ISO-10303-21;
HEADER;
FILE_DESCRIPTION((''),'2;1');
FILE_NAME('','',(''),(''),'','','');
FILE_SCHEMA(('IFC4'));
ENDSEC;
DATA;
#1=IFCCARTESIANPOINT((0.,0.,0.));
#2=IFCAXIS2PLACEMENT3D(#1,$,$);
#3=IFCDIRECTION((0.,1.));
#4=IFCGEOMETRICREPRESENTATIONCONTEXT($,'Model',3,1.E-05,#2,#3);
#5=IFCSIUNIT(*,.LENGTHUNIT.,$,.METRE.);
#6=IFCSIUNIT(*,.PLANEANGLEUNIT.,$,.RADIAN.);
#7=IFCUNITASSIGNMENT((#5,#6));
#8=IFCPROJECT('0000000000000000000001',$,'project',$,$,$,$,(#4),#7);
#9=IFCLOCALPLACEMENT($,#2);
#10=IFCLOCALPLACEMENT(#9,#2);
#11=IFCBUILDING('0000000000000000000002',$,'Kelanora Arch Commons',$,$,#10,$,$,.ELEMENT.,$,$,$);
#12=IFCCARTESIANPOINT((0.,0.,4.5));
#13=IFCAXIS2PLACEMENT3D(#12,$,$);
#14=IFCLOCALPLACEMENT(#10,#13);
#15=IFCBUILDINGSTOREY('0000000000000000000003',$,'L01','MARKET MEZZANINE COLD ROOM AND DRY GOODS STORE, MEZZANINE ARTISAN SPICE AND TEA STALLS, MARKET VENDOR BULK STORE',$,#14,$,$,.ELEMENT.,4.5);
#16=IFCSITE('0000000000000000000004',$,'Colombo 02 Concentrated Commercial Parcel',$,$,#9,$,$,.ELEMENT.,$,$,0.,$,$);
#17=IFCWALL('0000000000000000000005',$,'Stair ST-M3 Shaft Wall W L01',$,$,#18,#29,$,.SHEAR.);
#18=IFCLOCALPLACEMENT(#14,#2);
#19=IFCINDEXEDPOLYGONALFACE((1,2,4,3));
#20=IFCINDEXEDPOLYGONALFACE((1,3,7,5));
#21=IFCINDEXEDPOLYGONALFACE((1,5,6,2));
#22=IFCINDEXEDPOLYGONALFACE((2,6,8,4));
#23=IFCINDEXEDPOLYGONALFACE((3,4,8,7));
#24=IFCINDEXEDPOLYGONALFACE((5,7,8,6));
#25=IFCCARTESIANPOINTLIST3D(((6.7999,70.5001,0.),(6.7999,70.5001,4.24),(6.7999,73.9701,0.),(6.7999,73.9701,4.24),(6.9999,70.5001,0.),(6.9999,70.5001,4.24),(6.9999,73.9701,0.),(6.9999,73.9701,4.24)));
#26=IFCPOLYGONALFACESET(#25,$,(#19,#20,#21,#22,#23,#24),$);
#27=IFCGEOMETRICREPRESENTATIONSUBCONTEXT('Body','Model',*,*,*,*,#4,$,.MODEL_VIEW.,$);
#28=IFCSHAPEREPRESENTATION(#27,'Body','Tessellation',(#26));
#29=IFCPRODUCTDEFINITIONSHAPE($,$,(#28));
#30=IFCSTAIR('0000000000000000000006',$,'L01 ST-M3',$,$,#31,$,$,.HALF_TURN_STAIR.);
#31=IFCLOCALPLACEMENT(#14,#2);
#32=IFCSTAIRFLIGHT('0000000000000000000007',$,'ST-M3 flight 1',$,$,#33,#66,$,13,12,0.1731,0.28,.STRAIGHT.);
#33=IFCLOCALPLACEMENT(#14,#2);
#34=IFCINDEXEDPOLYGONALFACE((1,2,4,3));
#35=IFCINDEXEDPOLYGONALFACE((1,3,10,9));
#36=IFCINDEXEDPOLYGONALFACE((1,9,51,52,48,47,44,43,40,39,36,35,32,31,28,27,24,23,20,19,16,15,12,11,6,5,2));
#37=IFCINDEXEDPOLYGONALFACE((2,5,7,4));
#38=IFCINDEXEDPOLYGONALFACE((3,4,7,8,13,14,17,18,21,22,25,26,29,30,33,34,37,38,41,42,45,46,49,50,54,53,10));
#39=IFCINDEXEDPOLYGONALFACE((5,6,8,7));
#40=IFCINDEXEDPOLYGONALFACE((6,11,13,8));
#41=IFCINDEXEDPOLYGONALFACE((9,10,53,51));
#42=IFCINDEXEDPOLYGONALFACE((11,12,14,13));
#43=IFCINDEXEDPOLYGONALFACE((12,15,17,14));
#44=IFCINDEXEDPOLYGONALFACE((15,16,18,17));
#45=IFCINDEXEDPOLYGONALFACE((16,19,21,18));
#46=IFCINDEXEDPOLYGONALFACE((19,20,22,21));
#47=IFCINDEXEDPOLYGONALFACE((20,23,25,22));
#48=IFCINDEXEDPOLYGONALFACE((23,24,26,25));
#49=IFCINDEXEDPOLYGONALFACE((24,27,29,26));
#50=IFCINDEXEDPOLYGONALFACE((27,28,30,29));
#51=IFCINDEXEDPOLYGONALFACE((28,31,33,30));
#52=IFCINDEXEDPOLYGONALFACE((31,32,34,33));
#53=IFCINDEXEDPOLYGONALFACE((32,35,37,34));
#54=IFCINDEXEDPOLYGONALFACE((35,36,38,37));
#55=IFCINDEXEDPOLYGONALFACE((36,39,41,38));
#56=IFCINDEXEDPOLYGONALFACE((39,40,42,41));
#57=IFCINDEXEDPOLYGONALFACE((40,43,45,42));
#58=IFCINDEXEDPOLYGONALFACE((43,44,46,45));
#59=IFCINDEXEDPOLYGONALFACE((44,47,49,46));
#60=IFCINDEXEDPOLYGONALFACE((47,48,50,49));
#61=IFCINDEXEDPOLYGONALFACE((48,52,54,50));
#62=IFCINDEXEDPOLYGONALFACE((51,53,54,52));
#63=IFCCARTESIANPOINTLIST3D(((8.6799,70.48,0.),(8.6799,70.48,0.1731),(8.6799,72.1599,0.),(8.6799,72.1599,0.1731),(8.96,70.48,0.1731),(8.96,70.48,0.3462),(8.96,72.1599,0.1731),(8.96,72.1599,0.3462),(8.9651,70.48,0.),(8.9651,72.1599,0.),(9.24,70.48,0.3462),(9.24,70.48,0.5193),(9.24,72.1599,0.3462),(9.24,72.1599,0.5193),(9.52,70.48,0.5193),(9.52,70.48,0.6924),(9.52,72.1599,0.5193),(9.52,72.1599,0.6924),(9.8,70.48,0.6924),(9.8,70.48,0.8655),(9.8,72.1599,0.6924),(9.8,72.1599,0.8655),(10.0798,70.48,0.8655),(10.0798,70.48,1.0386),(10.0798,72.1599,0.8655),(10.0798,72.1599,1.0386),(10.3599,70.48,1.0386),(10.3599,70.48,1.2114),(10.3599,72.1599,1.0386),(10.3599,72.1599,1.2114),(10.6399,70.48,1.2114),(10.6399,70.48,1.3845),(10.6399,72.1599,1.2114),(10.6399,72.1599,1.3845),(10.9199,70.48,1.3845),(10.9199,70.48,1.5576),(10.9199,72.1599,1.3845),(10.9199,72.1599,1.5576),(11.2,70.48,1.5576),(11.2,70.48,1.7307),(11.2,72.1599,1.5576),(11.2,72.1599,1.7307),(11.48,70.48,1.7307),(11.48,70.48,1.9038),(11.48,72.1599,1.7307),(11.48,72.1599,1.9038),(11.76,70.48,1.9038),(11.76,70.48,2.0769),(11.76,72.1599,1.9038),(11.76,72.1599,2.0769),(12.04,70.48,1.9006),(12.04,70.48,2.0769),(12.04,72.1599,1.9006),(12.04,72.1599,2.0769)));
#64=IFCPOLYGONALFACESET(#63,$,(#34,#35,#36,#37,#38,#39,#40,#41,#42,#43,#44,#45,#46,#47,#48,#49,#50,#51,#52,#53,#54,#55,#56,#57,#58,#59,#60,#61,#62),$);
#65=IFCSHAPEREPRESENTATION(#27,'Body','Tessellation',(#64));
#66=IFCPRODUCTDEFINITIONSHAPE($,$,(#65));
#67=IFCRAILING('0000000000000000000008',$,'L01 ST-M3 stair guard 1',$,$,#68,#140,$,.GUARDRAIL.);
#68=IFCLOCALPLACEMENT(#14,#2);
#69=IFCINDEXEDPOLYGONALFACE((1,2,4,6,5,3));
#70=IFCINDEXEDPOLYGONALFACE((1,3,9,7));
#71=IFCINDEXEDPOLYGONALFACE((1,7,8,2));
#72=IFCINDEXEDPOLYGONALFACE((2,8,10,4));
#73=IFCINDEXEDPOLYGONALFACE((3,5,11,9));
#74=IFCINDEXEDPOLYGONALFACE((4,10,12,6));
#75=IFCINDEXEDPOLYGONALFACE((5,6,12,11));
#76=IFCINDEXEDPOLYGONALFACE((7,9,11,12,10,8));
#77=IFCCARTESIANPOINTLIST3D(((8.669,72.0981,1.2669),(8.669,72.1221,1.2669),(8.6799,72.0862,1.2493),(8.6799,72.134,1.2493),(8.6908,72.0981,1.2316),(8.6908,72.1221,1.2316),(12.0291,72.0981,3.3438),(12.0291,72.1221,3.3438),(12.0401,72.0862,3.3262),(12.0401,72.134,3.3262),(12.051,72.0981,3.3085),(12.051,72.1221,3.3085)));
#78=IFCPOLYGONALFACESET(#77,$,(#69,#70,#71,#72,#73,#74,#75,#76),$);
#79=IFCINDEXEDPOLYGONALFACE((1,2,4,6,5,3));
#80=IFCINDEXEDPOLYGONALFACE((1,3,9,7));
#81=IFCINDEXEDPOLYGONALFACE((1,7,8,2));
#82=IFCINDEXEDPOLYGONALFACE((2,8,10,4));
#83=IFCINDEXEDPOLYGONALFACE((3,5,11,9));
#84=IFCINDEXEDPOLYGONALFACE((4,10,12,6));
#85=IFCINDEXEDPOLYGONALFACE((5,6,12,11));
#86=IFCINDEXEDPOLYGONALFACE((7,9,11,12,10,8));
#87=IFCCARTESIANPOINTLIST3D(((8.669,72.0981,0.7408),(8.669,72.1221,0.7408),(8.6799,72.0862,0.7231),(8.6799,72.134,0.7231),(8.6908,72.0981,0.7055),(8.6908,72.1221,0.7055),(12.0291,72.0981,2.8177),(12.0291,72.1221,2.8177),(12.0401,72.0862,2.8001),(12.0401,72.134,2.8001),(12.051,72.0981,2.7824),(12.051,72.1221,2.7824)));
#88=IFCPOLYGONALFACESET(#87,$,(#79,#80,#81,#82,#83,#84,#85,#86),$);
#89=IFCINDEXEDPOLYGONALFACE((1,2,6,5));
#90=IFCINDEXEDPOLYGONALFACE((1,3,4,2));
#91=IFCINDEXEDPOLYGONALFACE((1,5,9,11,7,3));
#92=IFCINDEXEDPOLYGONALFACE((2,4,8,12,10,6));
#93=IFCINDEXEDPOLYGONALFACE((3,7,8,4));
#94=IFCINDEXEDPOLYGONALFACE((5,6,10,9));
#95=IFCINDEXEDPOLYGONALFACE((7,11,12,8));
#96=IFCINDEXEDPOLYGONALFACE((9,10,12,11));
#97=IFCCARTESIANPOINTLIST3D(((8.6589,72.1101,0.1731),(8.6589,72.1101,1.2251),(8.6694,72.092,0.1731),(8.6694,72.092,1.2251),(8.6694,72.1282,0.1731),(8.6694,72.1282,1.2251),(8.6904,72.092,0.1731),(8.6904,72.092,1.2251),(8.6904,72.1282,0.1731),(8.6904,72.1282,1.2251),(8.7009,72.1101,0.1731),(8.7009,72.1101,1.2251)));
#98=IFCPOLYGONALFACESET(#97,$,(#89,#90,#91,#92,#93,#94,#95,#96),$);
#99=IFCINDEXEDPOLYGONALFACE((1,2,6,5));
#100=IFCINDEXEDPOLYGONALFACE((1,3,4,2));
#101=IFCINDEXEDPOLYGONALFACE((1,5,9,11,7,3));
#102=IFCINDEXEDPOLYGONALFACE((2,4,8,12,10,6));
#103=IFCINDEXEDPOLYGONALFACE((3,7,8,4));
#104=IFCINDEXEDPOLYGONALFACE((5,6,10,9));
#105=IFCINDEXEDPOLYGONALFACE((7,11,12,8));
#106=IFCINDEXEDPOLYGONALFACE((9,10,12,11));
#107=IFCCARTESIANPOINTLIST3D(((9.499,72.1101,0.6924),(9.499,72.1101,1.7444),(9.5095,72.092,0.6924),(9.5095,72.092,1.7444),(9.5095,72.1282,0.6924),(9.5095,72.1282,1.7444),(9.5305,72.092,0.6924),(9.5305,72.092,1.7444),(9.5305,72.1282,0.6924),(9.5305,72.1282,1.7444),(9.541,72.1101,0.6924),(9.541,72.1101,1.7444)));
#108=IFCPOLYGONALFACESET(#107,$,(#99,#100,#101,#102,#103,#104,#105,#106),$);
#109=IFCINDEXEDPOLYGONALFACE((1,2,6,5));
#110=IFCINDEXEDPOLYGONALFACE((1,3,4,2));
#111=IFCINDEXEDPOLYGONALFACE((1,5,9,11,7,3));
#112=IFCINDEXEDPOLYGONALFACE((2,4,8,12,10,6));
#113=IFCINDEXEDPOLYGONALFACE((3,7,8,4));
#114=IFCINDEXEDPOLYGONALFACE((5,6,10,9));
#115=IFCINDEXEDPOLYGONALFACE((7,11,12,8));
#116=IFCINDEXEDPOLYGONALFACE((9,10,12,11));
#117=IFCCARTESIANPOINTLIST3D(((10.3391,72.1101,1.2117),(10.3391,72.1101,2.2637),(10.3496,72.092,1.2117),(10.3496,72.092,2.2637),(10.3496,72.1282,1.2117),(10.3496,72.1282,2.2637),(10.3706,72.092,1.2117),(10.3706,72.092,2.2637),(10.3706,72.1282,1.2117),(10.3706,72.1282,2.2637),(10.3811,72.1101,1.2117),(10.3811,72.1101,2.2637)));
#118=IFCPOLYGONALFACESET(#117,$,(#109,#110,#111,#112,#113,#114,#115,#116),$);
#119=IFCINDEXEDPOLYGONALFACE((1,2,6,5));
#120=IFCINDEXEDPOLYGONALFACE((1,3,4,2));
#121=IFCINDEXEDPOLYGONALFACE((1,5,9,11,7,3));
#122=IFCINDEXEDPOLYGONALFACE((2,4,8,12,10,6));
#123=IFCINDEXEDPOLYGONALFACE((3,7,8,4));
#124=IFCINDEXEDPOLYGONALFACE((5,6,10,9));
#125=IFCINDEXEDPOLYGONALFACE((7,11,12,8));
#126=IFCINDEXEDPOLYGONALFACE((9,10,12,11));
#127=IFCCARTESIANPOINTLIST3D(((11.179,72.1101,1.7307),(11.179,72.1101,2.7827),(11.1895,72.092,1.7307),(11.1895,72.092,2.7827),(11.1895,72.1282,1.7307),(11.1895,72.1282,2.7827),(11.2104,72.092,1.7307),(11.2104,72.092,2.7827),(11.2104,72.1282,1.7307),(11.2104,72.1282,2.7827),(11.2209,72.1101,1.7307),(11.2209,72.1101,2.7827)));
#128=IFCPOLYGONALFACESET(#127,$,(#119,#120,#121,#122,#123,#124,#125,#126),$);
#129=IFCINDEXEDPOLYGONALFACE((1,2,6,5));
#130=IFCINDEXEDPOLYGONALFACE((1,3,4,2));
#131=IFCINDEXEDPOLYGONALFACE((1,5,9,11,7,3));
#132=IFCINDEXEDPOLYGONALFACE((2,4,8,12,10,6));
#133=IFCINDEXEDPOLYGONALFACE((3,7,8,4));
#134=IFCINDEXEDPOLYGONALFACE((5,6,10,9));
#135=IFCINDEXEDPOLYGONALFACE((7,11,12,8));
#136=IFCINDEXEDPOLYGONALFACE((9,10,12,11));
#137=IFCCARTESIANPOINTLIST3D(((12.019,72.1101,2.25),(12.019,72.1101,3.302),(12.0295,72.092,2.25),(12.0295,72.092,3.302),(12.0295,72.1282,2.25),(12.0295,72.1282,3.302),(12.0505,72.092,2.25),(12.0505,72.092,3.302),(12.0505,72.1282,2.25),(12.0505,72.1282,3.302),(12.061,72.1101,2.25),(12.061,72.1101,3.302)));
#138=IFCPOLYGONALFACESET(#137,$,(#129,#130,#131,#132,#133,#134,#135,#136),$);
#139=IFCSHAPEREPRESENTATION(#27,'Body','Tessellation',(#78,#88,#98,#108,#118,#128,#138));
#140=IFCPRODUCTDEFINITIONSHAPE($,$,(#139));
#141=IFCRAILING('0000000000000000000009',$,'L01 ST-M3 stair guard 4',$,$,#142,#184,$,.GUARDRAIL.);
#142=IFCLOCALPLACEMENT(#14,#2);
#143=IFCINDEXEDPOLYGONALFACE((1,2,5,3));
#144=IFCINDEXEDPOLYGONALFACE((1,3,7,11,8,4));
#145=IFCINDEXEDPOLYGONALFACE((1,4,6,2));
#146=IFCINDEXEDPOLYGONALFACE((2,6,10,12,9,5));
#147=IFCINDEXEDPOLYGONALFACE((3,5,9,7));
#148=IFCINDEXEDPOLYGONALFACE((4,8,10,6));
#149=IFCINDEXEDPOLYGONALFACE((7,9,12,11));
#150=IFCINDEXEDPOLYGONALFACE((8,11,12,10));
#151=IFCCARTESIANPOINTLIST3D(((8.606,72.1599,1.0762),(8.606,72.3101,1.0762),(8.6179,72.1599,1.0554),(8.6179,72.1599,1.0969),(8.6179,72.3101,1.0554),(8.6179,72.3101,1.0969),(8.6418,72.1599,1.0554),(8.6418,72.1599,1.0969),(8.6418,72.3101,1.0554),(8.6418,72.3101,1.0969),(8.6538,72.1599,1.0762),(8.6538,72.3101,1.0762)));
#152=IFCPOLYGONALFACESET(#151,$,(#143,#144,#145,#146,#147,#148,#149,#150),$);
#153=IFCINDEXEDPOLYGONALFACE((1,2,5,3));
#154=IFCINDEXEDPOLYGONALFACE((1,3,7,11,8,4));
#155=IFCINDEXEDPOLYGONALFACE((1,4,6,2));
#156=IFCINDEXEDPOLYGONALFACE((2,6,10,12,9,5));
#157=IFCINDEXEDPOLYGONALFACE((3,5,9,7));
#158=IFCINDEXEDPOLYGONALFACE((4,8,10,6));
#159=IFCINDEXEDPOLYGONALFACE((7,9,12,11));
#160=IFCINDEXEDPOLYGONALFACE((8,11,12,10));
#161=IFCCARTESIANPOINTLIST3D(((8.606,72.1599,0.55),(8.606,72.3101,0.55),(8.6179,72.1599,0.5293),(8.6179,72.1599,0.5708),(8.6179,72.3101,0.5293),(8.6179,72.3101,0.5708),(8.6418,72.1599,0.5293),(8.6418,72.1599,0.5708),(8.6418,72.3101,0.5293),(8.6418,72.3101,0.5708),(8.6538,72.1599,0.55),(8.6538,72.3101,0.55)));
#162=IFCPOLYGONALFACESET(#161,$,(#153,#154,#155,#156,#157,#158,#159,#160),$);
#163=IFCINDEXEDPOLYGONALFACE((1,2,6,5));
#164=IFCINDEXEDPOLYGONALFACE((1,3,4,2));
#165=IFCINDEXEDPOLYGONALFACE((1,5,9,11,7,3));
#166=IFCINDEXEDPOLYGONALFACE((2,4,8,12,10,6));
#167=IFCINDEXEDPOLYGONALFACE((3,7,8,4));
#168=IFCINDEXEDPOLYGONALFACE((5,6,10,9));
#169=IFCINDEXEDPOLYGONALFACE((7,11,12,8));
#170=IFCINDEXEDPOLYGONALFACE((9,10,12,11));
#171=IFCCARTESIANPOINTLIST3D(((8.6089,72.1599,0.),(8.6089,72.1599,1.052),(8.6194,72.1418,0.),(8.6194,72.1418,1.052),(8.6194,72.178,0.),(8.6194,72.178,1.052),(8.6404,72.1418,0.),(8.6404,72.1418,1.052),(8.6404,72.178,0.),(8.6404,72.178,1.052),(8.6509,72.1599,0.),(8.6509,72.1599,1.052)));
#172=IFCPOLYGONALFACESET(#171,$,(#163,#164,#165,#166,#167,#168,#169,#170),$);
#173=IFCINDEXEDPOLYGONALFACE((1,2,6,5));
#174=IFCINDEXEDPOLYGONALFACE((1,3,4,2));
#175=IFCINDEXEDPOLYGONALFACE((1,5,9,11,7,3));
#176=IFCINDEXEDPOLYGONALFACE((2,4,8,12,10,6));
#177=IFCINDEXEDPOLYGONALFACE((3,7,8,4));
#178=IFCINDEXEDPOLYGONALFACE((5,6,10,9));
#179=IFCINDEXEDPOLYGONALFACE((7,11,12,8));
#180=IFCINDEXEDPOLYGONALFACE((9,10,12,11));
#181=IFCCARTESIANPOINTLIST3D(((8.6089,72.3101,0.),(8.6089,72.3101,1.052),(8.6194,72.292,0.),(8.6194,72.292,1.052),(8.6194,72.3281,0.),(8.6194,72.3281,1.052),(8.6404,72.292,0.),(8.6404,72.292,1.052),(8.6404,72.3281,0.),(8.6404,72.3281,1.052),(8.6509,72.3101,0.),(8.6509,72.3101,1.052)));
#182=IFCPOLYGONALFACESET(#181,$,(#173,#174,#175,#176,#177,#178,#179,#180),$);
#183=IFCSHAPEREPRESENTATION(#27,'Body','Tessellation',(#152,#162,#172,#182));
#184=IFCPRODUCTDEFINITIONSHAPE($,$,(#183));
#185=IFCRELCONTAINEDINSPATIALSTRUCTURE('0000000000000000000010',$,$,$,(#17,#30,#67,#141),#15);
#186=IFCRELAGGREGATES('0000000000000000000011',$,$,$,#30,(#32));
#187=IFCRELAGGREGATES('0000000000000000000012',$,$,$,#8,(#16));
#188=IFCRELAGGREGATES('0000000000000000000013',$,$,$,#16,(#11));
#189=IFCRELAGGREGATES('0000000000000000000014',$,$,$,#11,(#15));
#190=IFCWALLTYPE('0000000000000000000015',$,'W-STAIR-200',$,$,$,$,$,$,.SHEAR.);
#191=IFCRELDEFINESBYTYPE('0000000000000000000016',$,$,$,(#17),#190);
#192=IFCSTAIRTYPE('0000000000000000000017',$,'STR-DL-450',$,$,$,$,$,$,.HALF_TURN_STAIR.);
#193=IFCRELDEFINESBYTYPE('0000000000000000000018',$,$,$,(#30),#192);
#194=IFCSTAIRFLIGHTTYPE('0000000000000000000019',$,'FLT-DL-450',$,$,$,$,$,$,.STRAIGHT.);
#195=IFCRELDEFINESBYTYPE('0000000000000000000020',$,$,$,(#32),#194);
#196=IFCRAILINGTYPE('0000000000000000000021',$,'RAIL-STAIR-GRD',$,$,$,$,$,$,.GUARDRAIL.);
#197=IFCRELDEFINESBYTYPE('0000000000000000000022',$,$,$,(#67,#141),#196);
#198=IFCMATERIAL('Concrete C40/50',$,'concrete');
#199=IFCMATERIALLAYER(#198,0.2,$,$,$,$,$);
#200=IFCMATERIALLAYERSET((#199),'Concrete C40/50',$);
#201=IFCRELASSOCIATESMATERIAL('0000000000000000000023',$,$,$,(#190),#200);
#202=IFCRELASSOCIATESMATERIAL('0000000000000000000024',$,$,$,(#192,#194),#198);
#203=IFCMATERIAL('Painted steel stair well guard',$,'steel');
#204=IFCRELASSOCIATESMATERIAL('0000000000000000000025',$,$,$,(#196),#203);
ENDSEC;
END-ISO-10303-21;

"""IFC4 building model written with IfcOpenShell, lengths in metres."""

from ifc_helpers import new_model, si_unit, direction, frame, frame_2d, origin, place, context, subcontext, project, spatial, polyline, rectangle, outline, extrude, material, layer, layer_set, type_object, element, aggregate, save


model = new_model("IFC4")

# Units and contexts
model_context = context("Model", 3, precision=1e-05, world=origin(), true_north=direction((0.0, 1.0)))
body_context = subcontext(model_context, "Body", "Model", "MODEL_VIEW")
ifc_project = project(units=[si_unit("LENGTHUNIT", "METRE"), si_unit("PLANEANGLEUNIT", "RADIAN")], contexts=[model_context])

# Site, building, storey
site_placement = place(None, origin())
site = spatial("IfcSite", under=ifc_project, at=site_placement, Name="Colombo 02 Concentrated Commercial Parcel", CompositionType="ELEMENT", RefElevation=0.0)
building_placement = place(site_placement, origin())
building = spatial("IfcBuilding", under=site, at=building_placement, Name="Kelanora Arch Commons", CompositionType="ELEMENT")
storey_placement = place(building_placement, frame((0.0, 0.0, 4.5)))
storey = spatial("IfcBuildingStorey", under=building, at=storey_placement, Name="L01", Description="MARKET MEZZANINE COLD ROOM AND DRY GOODS STORE, MEZZANINE ARTISAN SPICE AND TEA STALLS, MARKET VENDOR BULK STORE", CompositionType="ELEMENT", Elevation=4.5)

# Shared definitions
ifc_material_1 = material(Name="Concrete C40/50", Category="concrete")

# Shared definitions
ifc_layer_1 = layer(ifc_material_1, 0.2)
ifc_layer_set_1 = layer_set([ifc_layer_1], Name="Concrete C40/50")
wall_type_1 = type_object("IfcWallType", Name="W-STAIR-200", PredefinedType="SHEAR", material=ifc_layer_set_1)

# Wall
wall_1_placement = place(storey_placement, frame((6.8999, 73.97, 0.0), z_axis=(0.0, 0.0, 1.0), x_axis=(0.0, -1.0, 0.0)))
element("IfcWall", 1, at=wall_1_placement, inside=storey, type_object=wall_type_1, Name="Stair ST-M3 Shaft Wall W L01", PredefinedType="SHEAR", context=body_context, shape_type="SweptSolid", body=[
    extrude(rectangle(XDim=3.47, YDim=0.2, at=frame_2d((1.7349, 0.0))), origin(), (0.0, 0.0, 1.0), 4.24),
])

# Stair, stair flight
stair_type = type_object("IfcStairType", Name="STR-DL-450", PredefinedType="HALF_TURN_STAIR", material=ifc_material_1)
stair_placement = place(storey_placement, origin())
stair = element("IfcStair", 2, at=stair_placement, inside=storey, type_object=stair_type, Name="L01 ST-M3", PredefinedType="HALF_TURN_STAIR")
stair_flight_type = type_object("IfcStairFlightType", Name="FLT-DL-450", PredefinedType="STRAIGHT", material=ifc_material_1)
stair_flight_placement = place(storey_placement, frame((8.6799, 71.3201, 0.0), z_axis=(0.0, 0.0, 1.0), x_axis=(1.0, 0.0, 0.0)))
stair_flight = element("IfcStairFlight", 3, at=stair_flight_placement, type_object=stair_flight_type, Name="ST-M3 flight 1", NumberOfRisers=13, NumberOfTreads=12, PredefinedType="STRAIGHT", RiserHeight=0.1731, TreadLength=0.28, context=body_context, shape_type="SweptSolid", body=[
    extrude(outline(polyline([(0.0, 0.0), (0.0, 0.1731), (0.28, 0.1731), (0.28, 0.3462), (0.5601, 0.3462), (0.5601, 0.5193), (0.8401, 0.5193), (0.8401, 0.6924), (1.1201, 0.6924), (1.1201, 0.8655), (1.3999, 0.8655), (1.3999, 1.0386), (1.6799, 1.0386), (1.6799, 1.2114), (1.96, 1.2114), (1.96, 1.3845), (2.24, 1.3845), (2.24, 1.5576), (2.52, 1.5576), (2.52, 1.7307), (2.8, 1.7307), (2.8, 1.9038), (3.0801, 1.9038), (3.0801, 2.0769), (3.3601, 2.0769), (3.3601, 2.25), (3.3601, 1.9006), (0.2852, 0.0), (0.0, 0.0)])), frame((0.0, 0.8398, 0.0), z_axis=(0.0, -1.0, 0.0), x_axis=(1.0, 0.0, 0.0)), (0.0, 0.0, 1.0), 1.6799),
])
aggregate(stair, [stair_flight])

# Railings
ifc_material_2 = material(Name="Painted steel stair well guard", Category="steel")
railing_type_1 = type_object("IfcRailingType", Name="RAIL-STAIR-GRD", PredefinedType="GUARDRAIL", material=ifc_material_2)
railing_1_placement = place(storey_placement, frame((8.6799, 72.1101, 0.1731)))
element("IfcRailing", 4, at=railing_1_placement, inside=storey, type_object=railing_type_1, Name="L01 ST-M3 stair guard 1", PredefinedType="GUARDRAIL", context=body_context, shape_type="SweptSolid", body=[
    extrude(outline(polyline([(0.0239, 0.0), (0.012, 0.0208), (-0.012, 0.0208), (-0.0239, 0.0), (-0.012, -0.0208), (0.012, -0.0208), (0.0239, 0.0)])), frame((0.0, 0.0, 1.0762), z_axis=(0.850623, 0.0, 0.525776), x_axis=(0.0, 1.0, 0.0)), (0.0, 0.0, 1.0), 3.9502),
    extrude(outline(polyline([(0.0239, 0.0), (0.012, 0.0208), (-0.012, 0.0208), (-0.0239, 0.0), (-0.012, -0.0208), (0.012, -0.0208), (0.0239, 0.0)])), frame((0.0, 0.0, 0.55), z_axis=(0.850623, 0.0, 0.525776), x_axis=(0.0, 1.0, 0.0)), (0.0, 0.0, 1.0), 3.9502),
    extrude(outline(polyline([(0.021, 0.0), (0.0105, 0.0181), (-0.0105, 0.0181), (-0.021, 0.0), (-0.0105, -0.0181), (0.0105, -0.0181), (0.021, 0.0)])), origin(), (0.0, 0.0, 1.0), 1.052),
    extrude(outline(polyline([(0.021, 0.0), (0.0105, 0.0181), (-0.0105, 0.0181), (-0.021, 0.0), (-0.0105, -0.0181), (0.0105, -0.0181), (0.021, 0.0)])), frame((0.8401, 0.0, 0.5193)), (0.0, 0.0, 1.0), 1.052),
    extrude(outline(polyline([(0.021, 0.0), (0.0105, 0.0181), (-0.0105, 0.0181), (-0.021, 0.0), (-0.0105, -0.0181), (0.0105, -0.0181), (0.021, 0.0)])), frame((1.6802, 0.0, 1.0386)), (0.0, 0.0, 1.0), 1.052),
    extrude(outline(polyline([(0.021, 0.0), (0.0105, 0.0181), (-0.0105, 0.0181), (-0.021, 0.0), (-0.0105, -0.0181), (0.0105, -0.0181), (0.021, 0.0)])), frame((2.52, 0.0, 1.5576)), (0.0, 0.0, 1.0), 1.052),
    extrude(outline(polyline([(0.021, 0.0), (0.0105, 0.0181), (-0.0105, 0.0181), (-0.021, 0.0), (-0.0105, -0.0181), (0.0105, -0.0181), (0.021, 0.0)])), frame((3.3601, 0.0, 2.0769)), (0.0, 0.0, 1.0), 1.052),
])
railing_2_placement = place(storey_placement, frame((8.6299, 72.1599, 0.0)))
element("IfcRailing", 5, at=railing_2_placement, inside=storey, type_object=railing_type_1, Name="L01 ST-M3 stair guard 4", PredefinedType="GUARDRAIL", context=body_context, shape_type="SweptSolid", body=[
    extrude(outline(polyline([(0.0239, 0.0), (0.012, 0.0208), (-0.012, 0.0208), (-0.0239, 0.0), (-0.012, -0.0208), (0.012, -0.0208), (0.0239, 0.0)])), frame((0.0, 0.0, 1.0762), z_axis=(0.0, 1.0, 0.0), x_axis=(-1.0, 0.0, 0.0)), (0.0, 0.0, 1.0), 0.1501),
    extrude(outline(polyline([(0.0239, 0.0), (0.012, 0.0208), (-0.012, 0.0208), (-0.0239, 0.0), (-0.012, -0.0208), (0.012, -0.0208), (0.0239, 0.0)])), frame((0.0, 0.0, 0.55), z_axis=(0.0, 1.0, 0.0), x_axis=(-1.0, 0.0, 0.0)), (0.0, 0.0, 1.0), 0.1501),
    extrude(outline(polyline([(0.021, 0.0), (0.0105, 0.0181), (-0.0105, 0.0181), (-0.021, 0.0), (-0.0105, -0.0181), (0.0105, -0.0181), (0.021, 0.0)])), origin(), (0.0, 0.0, 1.0), 1.052),
    extrude(outline(polyline([(0.021, 0.0), (0.0105, 0.0181), (-0.0105, 0.0181), (-0.021, 0.0), (-0.0105, -0.0181), (0.0105, -0.0181), (0.021, 0.0)])), frame((0.0, 0.1501, 0.0)), (0.0, 0.0, 1.0), 1.052),
])

save(model, "model.ifc")
